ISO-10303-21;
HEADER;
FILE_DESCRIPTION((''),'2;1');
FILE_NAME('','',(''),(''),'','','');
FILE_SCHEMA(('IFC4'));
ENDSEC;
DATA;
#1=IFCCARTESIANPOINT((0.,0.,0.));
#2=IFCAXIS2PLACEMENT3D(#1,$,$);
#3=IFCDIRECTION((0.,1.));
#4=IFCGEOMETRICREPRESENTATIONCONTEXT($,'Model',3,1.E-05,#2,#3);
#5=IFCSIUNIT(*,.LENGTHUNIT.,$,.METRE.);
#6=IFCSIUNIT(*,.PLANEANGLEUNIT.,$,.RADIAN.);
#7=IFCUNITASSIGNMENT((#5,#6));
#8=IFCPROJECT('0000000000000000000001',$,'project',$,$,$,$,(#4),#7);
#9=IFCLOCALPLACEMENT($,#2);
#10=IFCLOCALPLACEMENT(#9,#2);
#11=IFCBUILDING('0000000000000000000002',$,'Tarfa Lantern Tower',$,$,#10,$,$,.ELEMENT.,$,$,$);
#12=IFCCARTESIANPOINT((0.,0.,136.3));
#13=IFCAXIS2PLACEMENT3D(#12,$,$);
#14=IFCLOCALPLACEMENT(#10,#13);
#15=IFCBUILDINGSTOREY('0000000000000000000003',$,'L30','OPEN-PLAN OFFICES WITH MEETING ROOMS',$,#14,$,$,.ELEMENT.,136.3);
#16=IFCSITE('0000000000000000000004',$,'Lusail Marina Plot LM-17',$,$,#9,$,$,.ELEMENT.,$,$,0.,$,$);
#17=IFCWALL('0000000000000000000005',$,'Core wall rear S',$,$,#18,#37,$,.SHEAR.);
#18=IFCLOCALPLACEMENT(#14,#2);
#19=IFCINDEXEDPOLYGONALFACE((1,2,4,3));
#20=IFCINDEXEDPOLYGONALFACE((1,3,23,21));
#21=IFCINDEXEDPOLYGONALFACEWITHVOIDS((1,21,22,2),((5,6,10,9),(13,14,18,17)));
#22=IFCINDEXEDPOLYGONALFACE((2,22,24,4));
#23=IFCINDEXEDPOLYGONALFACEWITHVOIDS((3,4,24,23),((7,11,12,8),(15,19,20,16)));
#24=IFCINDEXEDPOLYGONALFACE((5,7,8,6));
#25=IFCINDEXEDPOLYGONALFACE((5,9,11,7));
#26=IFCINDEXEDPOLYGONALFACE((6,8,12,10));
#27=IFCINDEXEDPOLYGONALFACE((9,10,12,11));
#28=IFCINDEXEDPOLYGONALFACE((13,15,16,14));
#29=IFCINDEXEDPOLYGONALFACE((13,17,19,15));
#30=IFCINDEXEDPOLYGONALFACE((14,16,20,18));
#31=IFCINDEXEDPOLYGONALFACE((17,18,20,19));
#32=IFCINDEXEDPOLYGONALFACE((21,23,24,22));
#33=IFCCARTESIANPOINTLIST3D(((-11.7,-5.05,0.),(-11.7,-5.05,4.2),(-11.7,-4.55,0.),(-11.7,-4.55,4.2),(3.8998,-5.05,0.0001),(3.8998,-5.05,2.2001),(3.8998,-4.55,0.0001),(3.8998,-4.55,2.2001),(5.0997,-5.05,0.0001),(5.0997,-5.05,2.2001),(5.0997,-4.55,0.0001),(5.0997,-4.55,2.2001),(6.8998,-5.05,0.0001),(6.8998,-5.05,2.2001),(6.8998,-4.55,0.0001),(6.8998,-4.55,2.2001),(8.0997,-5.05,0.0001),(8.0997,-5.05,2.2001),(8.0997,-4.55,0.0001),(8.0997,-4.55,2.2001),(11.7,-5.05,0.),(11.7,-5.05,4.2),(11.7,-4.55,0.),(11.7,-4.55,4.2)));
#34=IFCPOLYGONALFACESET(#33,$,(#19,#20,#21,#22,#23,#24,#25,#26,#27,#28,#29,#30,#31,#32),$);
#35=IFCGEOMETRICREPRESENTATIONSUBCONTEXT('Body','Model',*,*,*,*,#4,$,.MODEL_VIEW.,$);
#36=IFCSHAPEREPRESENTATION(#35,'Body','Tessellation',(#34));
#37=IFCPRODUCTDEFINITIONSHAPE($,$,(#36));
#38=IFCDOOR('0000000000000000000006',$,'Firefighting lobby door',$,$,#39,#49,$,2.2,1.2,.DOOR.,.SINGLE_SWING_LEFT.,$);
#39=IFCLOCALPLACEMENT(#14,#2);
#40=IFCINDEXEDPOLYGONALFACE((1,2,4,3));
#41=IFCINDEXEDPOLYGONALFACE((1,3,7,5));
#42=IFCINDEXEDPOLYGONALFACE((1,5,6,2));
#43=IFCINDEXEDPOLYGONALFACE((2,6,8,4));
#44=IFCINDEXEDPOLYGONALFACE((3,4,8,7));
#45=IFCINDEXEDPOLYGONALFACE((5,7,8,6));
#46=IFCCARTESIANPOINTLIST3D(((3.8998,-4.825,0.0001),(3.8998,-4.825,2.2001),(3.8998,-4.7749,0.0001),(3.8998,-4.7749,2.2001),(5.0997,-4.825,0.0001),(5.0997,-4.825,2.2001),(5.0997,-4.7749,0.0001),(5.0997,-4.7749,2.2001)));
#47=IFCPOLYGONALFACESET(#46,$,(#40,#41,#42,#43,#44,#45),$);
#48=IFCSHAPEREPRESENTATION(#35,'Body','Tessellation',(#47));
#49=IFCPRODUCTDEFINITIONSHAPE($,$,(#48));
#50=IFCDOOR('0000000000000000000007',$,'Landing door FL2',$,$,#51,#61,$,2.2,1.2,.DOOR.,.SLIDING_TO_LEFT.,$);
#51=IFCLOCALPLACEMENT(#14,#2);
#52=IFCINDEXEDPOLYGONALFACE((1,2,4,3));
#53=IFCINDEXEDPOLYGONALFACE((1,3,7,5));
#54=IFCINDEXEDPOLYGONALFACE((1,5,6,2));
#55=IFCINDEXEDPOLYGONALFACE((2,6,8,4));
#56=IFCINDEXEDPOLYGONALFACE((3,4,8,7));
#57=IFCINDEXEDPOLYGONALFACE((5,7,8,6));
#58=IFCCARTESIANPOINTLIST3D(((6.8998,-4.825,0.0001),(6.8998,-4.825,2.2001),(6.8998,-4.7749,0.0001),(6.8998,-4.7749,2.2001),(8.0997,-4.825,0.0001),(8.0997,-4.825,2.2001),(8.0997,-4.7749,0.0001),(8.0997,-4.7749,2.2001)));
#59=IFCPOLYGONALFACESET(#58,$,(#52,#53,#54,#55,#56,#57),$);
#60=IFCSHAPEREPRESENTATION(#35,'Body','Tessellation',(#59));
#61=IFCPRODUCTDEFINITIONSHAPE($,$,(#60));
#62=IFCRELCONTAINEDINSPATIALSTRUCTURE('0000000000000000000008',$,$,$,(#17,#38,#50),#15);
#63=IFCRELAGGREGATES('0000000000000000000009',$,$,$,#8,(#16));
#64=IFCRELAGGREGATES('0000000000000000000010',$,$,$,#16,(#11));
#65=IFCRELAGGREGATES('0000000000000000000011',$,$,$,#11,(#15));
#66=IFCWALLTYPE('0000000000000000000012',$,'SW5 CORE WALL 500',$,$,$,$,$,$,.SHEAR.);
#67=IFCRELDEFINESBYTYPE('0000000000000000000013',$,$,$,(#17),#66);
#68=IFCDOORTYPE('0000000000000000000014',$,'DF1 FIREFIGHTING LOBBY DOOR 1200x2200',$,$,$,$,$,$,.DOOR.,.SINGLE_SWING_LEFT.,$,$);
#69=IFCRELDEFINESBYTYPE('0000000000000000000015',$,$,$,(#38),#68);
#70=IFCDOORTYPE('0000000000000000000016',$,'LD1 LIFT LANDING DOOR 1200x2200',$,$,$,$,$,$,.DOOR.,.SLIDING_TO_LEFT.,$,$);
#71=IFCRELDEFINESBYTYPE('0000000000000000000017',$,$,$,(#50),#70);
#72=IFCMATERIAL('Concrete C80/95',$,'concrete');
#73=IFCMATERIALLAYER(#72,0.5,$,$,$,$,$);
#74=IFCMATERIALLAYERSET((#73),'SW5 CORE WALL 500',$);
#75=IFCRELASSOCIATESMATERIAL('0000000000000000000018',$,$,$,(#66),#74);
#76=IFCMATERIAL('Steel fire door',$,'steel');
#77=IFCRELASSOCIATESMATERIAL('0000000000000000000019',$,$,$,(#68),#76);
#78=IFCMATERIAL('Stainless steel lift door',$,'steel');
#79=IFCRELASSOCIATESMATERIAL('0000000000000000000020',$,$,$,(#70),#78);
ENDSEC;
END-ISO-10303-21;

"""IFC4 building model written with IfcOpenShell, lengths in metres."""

from ifc_helpers import new_model, si_unit, direction, frame, frame_2d, origin, place, context, subcontext, project, spatial, rectangle, extrude, material, layer, layer_set, type_object, element, fill, save


model = new_model("IFC4")

# Units and contexts
model_context = context("Model", 3, precision=1e-05, world=origin(), true_north=direction((0.0, 1.0)))
body_context = subcontext(model_context, "Body", "Model", "MODEL_VIEW")
ifc_project = project(units=[si_unit("LENGTHUNIT", "METRE"), si_unit("PLANEANGLEUNIT", "RADIAN")], contexts=[model_context])

# Site, building, storey
site_placement = place(None, origin())
site = spatial("IfcSite", under=ifc_project, at=site_placement, Name="Lusail Marina Plot LM-17", CompositionType="ELEMENT", RefElevation=0.0)
building_placement = place(site_placement, origin())
building = spatial("IfcBuilding", under=site, at=building_placement, Name="Tarfa Lantern Tower", CompositionType="ELEMENT")
storey_placement = place(building_placement, frame((0.0, 0.0, 136.3)))
storey = spatial("IfcBuildingStorey", under=building, at=storey_placement, Name="L30", Description="OPEN-PLAN OFFICES WITH MEETING ROOMS", CompositionType="ELEMENT", Elevation=136.3)

# Shared definitions
ifc_material_1 = material(Name="Concrete C80/95", Category="concrete")

# Shared definitions
ifc_material_2 = material(Name="Steel fire door", Category="steel")
ifc_layer_1 = layer(ifc_material_1, 0.5)
ifc_layer_set_1 = layer_set([ifc_layer_1], Name="SW5 CORE WALL 500")
wall_type_1 = type_object("IfcWallType", Name="SW5 CORE WALL 500", PredefinedType="SHEAR", material=ifc_layer_set_1)

# Wall, openings, doors
wall_1_placement = place(storey_placement, frame((11.7, -4.8, 0.0), z_axis=(0.0, 0.0, 1.0), x_axis=(-1.0, 0.0, 0.0)))
wall_1 = element("IfcWall", 1, at=wall_1_placement, inside=storey, type_object=wall_type_1, Name="Core wall rear S", PredefinedType="SHEAR", context=body_context, shape_type="SweptSolid", body=[
    extrude(rectangle(XDim=23.3999, YDim=0.5, at=frame_2d((11.7, 0.0))), origin(), (0.0, 0.0, 1.0), 4.2),
])
opening_1_placement = place(wall_1_placement, frame((6.6001, 0.0, 0.0)))
opening_1 = element("IfcOpeningElement", 2, at=opening_1_placement, cuts=wall_1, PredefinedType="OPENING", context=body_context, shape_type="SweptSolid", body=[
    extrude(rectangle(XDim=1.2, YDim=2.2, at=frame_2d((0.6001, 1.1001))), frame((0.0, 0.26, 0.0), z_axis=(0.0, -1.0, 0.0), x_axis=(1.0, 0.0, 0.0)), (0.0, 0.0, 1.0), 0.52),
])
opening_2_placement = place(wall_1_placement, frame((3.6001, 0.0, 0.0)))
opening_2 = element("IfcOpeningElement", 3, at=opening_2_placement, cuts=wall_1, PredefinedType="OPENING", context=body_context, shape_type="SweptSolid", body=[
    extrude(rectangle(XDim=1.2, YDim=2.2, at=frame_2d((0.6001, 1.1001))), frame((0.0, 0.26, 0.0), z_axis=(0.0, -1.0, 0.0), x_axis=(1.0, 0.0, 0.0)), (0.0, 0.0, 1.0), 0.52),
])
door_type_1 = type_object("IfcDoorType", Name="DF1 FIREFIGHTING LOBBY DOOR 1200x2200", OperationType="SINGLE_SWING_LEFT", PredefinedType="DOOR", material=ifc_material_2)
door_1_placement = place(opening_1_placement, origin())
door_1 = element("IfcDoor", 4, at=door_1_placement, inside=storey, type_object=door_type_1, Name="Firefighting lobby door", OperationType="SINGLE_SWING_LEFT", OverallHeight=2.2, OverallWidth=1.2, PredefinedType="DOOR", context=body_context, shape_type="SweptSolid", body=[
    extrude(rectangle(XDim=1.2, YDim=2.2, at=frame_2d((0.6001, 1.1001))), frame((0.0, 0.0249, 0.0), z_axis=(0.0, -1.0, 0.0), x_axis=(1.0, 0.0, 0.0)), (0.0, 0.0, 1.0), 0.05),
])
fill(opening_1, door_1)
ifc_material_3 = material(Name="Stainless steel lift door", Category="steel")
door_type_2 = type_object("IfcDoorType", Name="LD1 LIFT LANDING DOOR 1200x2200", OperationType="SLIDING_TO_LEFT", PredefinedType="DOOR", material=ifc_material_3)
door_2_placement = place(opening_2_placement, origin())
door_2 = element("IfcDoor", 5, at=door_2_placement, inside=storey, type_object=door_type_2, Name="Landing door FL2", OperationType="SLIDING_TO_LEFT", OverallHeight=2.2, OverallWidth=1.2, PredefinedType="DOOR", context=body_context, shape_type="SweptSolid", body=[
    extrude(rectangle(XDim=1.2, YDim=2.2, at=frame_2d((0.6001, 1.1001))), frame((0.0, 0.0249, 0.0), z_axis=(0.0, -1.0, 0.0), x_axis=(1.0, 0.0, 0.0)), (0.0, 0.0, 1.0), 0.05),
])
fill(opening_2, door_2)

save(model, "model.ifc")
